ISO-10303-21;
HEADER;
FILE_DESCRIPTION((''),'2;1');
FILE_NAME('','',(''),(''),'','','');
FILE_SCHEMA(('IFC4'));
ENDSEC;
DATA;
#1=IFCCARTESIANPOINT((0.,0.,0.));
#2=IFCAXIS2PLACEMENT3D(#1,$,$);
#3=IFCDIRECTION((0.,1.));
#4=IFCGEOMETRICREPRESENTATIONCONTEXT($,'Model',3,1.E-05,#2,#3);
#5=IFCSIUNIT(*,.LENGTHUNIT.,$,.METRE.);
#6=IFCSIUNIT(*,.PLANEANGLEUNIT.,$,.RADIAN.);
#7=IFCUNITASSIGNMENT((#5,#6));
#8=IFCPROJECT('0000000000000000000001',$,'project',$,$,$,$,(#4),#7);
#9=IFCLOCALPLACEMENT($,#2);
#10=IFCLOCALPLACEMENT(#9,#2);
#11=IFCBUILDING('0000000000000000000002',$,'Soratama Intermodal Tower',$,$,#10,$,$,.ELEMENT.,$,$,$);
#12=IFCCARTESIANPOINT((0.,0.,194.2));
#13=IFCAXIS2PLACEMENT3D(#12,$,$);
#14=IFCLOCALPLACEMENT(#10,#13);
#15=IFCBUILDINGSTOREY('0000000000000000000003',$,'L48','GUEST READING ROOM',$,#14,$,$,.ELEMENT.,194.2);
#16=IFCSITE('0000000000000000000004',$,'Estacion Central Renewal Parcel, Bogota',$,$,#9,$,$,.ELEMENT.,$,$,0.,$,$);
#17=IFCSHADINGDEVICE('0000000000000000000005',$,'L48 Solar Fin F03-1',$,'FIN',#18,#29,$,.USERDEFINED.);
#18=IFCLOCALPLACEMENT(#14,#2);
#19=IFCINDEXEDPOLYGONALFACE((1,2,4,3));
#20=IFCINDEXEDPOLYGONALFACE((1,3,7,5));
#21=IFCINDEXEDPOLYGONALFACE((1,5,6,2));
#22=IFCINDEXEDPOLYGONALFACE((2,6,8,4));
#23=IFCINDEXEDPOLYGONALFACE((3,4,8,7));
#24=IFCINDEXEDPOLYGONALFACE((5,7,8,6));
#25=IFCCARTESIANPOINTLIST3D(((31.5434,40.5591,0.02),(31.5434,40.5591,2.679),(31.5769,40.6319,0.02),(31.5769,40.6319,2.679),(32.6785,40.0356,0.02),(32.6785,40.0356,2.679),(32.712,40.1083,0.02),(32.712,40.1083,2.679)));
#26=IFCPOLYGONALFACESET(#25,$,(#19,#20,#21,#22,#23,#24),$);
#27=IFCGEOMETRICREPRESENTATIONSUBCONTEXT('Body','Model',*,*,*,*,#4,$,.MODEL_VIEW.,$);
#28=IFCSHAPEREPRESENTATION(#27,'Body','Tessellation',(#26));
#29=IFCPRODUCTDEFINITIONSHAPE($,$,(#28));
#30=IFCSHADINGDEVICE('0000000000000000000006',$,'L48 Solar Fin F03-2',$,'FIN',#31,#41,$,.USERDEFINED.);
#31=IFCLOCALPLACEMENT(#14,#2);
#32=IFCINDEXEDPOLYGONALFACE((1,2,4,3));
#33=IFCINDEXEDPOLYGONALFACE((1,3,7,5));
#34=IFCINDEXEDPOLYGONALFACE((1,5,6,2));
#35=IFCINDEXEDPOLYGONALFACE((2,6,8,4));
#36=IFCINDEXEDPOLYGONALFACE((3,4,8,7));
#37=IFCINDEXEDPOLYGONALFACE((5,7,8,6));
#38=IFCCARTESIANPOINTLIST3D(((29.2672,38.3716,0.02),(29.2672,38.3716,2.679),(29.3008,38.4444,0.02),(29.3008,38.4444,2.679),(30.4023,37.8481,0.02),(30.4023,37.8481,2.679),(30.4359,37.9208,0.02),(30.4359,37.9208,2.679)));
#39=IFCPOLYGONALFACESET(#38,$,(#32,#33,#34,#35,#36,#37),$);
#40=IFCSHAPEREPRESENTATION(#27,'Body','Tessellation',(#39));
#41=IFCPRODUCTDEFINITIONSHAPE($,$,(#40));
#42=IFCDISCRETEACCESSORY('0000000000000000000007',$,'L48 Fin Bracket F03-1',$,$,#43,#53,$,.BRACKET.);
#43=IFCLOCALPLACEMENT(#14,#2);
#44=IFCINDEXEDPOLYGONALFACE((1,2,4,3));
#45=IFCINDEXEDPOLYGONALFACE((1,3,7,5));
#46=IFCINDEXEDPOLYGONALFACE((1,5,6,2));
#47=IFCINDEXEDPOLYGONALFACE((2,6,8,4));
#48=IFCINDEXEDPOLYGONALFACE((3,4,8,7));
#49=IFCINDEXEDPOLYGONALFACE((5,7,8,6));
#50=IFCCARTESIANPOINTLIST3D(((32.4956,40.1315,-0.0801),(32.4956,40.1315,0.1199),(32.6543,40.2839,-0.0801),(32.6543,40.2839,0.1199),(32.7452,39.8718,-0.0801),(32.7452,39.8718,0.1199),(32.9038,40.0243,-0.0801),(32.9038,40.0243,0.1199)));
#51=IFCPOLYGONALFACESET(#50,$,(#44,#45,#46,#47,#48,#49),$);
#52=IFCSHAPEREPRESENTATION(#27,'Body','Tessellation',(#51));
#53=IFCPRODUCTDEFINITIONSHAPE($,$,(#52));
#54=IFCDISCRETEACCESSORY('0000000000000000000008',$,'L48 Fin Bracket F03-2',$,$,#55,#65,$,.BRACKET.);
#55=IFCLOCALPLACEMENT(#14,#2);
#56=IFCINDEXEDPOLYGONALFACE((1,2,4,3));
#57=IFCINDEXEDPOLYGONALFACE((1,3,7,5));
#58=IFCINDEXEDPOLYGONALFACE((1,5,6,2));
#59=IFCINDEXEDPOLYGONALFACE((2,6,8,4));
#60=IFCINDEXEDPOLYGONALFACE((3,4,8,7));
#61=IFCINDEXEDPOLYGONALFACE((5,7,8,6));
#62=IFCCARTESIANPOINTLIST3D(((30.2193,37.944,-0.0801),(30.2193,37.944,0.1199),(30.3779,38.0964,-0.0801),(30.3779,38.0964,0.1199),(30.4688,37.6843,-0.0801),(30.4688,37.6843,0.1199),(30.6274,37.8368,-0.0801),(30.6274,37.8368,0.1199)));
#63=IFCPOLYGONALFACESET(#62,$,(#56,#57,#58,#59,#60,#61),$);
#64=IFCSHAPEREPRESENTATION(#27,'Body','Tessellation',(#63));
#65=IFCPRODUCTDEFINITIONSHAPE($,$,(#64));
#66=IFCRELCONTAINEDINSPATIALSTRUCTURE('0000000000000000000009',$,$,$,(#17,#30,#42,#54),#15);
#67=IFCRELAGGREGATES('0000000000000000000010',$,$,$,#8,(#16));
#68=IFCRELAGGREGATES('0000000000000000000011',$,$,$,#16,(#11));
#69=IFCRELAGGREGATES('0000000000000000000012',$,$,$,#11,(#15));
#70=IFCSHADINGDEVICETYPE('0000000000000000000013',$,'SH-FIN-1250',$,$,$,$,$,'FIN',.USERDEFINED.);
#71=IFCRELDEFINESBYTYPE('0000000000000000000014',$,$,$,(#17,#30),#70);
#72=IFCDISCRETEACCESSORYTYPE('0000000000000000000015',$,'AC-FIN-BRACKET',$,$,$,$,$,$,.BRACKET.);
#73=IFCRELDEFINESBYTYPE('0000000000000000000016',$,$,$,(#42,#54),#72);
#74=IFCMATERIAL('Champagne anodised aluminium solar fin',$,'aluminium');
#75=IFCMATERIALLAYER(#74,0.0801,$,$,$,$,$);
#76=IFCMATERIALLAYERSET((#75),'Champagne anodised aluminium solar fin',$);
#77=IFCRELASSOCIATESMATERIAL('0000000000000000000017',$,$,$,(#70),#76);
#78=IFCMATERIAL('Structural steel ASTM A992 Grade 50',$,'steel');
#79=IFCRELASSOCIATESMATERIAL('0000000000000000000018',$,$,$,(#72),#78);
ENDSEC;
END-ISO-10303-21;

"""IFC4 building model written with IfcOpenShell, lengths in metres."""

from ifc_helpers import new_model, si_unit, direction, frame, origin, origin_2d, place, context, subcontext, project, spatial, rectangle, extrude, material, layer, layer_set, type_object, element, save


model = new_model("IFC4")

# Units and contexts
model_context = context("Model", 3, precision=1e-05, world=origin(), true_north=direction((0.0, 1.0)))
body_context = subcontext(model_context, "Body", "Model", "MODEL_VIEW")
ifc_project = project(units=[si_unit("LENGTHUNIT", "METRE"), si_unit("PLANEANGLEUNIT", "RADIAN")], contexts=[model_context])

# Site, building, storey
site_placement = place(None, origin())
site = spatial("IfcSite", under=ifc_project, at=site_placement, Name="Estacion Central Renewal Parcel, Bogota", CompositionType="ELEMENT", RefElevation=0.0)
building_placement = place(site_placement, origin())
building = spatial("IfcBuilding", under=site, at=building_placement, Name="Soratama Intermodal Tower", CompositionType="ELEMENT")
storey_placement = place(building_placement, frame((0.0, 0.0, 194.2)))
storey = spatial("IfcBuildingStorey", under=building, at=storey_placement, Name="L48", Description="GUEST READING ROOM", CompositionType="ELEMENT", Elevation=194.2)

# Shading devices
ifc_material_1 = material(Name="Champagne anodised aluminium solar fin", Category="aluminium")
ifc_layer_1 = layer(ifc_material_1, 0.0801)
ifc_layer_set_1 = layer_set([ifc_layer_1], Name="Champagne anodised aluminium solar fin")
shading_device_type = type_object("IfcShadingDeviceType", Name="SH-FIN-1250", ElementType="FIN", PredefinedType="USERDEFINED", material=ifc_layer_set_1)
for number, where, z_axis, x_axis, name in (
    (1, (32.1277, 40.3337, 0.02), (0.0, 0.0, 1.0), (-0.90807, 0.418818, 0.0), "L48 Solar Fin F03-1"),
    (2, (29.8516, 38.1462, 0.02), (0.0, 0.0, 1.0), (-0.90807, 0.418818, 0.0), "L48 Solar Fin F03-2"),
):
    element("IfcShadingDevice", number, at=place(storey_placement, frame(where, z_axis=z_axis, x_axis=x_axis)), inside=storey, type_object=shading_device_type, Name=name, ObjectType="FIN", PredefinedType="USERDEFINED", context=body_context, shape_type="SweptSolid", body=[
        extrude(rectangle(XDim=1.25, YDim=0.0801, at=origin_2d()), origin(), (0.0, 0.0, 1.0), 2.6589),
    ])

# Discrete accessories
ifc_material_2 = material(Name="Structural steel ASTM A992 Grade 50", Category="steel")
discrete_accessory_type = type_object("IfcDiscreteAccessoryType", Name="AC-FIN-BRACKET", PredefinedType="BRACKET", material=ifc_material_2)
for number, where, z_axis, x_axis, name in (
    (3, (32.6997, 40.0779, -0.0801), (0.0, 0.0, 1.0), (-0.692899, 0.721035, 0.0), "L48 Fin Bracket F03-1"),
    (4, (30.4233, 37.8904, -0.0801), (0.0, 0.0, 1.0), (-0.692899, 0.721035, 0.0), "L48 Fin Bracket F03-2"),
):
    element("IfcDiscreteAccessory", number, at=place(storey_placement, frame(where, z_axis=z_axis, x_axis=x_axis)), inside=storey, type_object=discrete_accessory_type, Name=name, PredefinedType="BRACKET", context=body_context, shape_type="SweptSolid", body=[
        extrude(rectangle(XDim=0.3601, YDim=0.22, at=origin_2d()), origin(), (0.0, 0.0, 1.0), 0.2),
    ])

save(model, "model.ifc")
